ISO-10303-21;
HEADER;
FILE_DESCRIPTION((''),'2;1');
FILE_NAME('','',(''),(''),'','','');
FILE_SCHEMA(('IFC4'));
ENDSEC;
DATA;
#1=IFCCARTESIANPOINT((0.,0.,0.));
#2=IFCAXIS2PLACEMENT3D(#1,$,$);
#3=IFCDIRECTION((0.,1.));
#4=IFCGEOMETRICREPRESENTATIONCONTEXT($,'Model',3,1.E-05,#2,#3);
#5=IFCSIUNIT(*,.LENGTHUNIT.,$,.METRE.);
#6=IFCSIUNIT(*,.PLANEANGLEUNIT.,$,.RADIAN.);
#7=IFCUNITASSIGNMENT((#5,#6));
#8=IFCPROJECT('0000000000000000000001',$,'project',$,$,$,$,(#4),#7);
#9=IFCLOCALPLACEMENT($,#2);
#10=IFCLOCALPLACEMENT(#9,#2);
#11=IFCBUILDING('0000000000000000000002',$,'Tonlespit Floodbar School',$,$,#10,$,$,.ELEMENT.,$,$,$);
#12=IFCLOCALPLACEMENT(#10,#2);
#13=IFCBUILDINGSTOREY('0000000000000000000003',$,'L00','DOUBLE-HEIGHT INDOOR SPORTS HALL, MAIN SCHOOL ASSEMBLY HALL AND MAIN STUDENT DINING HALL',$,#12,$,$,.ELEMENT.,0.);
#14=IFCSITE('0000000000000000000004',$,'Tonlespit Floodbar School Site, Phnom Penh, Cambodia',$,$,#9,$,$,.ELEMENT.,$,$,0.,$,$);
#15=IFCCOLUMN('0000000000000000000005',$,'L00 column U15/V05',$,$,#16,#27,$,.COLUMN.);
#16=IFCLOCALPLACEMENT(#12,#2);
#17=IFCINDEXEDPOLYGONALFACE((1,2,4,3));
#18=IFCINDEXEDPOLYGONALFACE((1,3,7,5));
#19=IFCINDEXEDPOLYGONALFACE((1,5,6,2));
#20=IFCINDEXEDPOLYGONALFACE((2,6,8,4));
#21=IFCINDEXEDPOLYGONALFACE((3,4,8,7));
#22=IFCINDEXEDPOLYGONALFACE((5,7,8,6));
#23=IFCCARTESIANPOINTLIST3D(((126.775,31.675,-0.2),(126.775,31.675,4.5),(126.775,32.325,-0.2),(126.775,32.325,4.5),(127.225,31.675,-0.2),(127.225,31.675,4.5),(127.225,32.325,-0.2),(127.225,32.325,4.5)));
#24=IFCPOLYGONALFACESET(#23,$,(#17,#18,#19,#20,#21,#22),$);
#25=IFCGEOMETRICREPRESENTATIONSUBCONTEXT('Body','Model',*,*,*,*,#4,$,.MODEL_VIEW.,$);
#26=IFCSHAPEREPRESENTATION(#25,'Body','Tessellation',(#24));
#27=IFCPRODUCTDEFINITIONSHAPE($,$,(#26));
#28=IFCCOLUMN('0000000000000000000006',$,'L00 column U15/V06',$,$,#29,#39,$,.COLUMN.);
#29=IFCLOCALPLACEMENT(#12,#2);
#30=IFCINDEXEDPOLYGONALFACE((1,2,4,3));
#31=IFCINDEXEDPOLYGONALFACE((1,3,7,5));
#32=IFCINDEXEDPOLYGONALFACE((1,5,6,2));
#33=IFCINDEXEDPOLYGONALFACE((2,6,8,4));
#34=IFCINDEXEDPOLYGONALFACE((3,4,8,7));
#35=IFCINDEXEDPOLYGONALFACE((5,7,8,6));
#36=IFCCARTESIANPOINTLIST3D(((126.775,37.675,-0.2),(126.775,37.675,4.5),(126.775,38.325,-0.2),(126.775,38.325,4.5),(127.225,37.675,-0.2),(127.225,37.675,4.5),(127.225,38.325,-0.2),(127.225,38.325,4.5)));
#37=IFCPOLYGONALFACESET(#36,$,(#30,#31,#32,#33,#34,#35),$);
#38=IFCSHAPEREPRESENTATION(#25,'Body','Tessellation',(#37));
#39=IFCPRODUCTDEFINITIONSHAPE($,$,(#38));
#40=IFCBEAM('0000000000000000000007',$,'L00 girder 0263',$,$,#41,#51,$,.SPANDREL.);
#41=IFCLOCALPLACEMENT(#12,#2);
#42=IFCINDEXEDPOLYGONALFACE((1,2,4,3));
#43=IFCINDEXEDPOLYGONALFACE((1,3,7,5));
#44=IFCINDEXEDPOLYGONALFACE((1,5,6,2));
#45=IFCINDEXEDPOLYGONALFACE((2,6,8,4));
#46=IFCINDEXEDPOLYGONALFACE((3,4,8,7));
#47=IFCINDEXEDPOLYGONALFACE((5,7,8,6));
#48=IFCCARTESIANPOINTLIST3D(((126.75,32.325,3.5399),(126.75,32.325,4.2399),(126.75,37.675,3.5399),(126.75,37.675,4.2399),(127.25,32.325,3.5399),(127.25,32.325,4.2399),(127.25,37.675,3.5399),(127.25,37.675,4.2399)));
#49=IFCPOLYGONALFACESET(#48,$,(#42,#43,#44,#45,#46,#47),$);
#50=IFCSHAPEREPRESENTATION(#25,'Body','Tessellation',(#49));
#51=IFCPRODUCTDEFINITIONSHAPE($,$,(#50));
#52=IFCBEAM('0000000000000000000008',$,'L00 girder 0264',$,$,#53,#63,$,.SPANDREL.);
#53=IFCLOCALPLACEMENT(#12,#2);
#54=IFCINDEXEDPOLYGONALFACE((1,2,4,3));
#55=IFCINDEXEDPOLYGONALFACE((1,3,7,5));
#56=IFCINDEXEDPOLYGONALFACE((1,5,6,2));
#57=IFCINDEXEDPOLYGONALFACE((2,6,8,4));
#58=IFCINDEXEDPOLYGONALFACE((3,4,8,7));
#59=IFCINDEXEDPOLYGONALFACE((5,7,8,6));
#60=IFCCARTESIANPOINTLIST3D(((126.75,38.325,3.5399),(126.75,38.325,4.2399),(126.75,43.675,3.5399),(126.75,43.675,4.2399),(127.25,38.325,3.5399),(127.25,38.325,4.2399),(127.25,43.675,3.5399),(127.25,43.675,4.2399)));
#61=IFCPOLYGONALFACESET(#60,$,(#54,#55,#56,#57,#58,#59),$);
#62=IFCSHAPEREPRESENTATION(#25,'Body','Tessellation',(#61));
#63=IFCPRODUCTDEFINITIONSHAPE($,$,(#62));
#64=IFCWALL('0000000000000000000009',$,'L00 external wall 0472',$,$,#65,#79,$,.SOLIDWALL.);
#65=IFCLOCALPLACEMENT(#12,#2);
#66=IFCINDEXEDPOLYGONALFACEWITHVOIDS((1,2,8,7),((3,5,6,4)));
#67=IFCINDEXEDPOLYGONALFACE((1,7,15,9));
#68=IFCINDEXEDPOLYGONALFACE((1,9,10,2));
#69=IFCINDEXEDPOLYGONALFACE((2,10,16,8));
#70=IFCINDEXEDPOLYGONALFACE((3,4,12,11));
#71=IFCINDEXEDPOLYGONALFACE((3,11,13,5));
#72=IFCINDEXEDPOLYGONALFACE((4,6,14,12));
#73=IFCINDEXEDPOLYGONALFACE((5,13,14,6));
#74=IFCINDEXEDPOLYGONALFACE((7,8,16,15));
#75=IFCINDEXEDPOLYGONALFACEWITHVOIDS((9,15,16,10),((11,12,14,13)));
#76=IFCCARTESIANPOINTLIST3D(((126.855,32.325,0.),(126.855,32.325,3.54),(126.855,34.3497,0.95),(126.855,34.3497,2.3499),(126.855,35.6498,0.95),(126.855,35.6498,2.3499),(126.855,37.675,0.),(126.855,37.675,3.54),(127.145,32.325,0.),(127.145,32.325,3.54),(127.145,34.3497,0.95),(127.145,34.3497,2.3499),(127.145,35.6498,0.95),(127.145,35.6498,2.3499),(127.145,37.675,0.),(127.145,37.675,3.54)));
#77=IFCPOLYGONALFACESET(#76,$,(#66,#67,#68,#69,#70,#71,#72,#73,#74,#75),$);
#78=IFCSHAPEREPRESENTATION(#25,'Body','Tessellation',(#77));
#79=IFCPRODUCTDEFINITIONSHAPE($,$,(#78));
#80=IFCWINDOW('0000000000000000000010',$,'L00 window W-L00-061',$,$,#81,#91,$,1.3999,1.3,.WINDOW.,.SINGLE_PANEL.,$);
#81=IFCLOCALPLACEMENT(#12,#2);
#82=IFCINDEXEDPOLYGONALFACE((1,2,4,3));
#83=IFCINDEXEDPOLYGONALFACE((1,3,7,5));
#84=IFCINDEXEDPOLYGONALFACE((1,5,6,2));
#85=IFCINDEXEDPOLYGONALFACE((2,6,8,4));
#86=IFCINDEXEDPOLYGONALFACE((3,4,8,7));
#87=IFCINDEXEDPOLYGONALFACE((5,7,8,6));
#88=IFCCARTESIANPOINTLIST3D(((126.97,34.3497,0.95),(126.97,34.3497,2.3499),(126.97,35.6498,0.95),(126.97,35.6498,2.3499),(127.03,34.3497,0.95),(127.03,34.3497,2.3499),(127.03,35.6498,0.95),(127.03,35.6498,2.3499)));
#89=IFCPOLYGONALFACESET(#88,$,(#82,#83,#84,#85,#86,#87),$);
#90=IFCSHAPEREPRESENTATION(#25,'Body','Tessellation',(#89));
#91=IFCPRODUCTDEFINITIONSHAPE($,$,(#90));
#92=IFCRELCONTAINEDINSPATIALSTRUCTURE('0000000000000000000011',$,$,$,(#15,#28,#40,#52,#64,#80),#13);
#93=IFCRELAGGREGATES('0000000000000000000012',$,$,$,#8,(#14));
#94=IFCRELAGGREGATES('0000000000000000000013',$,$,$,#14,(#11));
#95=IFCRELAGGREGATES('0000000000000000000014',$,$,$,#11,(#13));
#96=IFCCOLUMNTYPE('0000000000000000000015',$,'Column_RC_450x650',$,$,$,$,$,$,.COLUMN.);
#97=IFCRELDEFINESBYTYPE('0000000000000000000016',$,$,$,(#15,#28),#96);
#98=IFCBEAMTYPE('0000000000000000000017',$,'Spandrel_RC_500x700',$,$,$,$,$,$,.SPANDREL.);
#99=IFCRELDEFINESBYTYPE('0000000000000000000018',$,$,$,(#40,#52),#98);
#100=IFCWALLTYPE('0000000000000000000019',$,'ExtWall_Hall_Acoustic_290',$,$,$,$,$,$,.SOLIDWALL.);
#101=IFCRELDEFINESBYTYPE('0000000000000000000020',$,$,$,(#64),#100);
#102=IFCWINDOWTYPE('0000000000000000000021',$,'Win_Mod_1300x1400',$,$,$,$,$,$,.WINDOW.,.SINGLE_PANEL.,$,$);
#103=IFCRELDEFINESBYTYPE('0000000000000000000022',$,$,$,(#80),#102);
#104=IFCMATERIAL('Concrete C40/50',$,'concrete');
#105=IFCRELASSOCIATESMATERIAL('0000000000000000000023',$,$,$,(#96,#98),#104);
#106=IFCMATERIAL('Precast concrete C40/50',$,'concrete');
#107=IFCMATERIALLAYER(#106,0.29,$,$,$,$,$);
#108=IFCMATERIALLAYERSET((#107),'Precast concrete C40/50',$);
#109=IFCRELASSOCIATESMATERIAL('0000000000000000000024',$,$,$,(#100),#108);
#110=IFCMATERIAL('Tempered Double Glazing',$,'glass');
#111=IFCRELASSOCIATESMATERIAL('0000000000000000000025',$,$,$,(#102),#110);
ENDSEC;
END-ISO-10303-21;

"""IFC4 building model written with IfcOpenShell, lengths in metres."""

from ifc_helpers import new_model, si_unit, direction, frame, frame_2d, origin, origin_2d, place, context, subcontext, project, spatial, rectangle, extrude, material, layer, layer_set, material_profile, profile_set, type_object, element, fill, save


model = new_model("IFC4")

# Units and contexts
model_context = context("Model", 3, precision=1e-05, world=origin(), true_north=direction((0.0, 1.0)))
body_context = subcontext(model_context, "Body", "Model", "MODEL_VIEW")
ifc_project = project(units=[si_unit("LENGTHUNIT", "METRE"), si_unit("PLANEANGLEUNIT", "RADIAN")], contexts=[model_context])

# Site, building, storey
site_placement = place(None, origin())
site = spatial("IfcSite", under=ifc_project, at=site_placement, Name="Tonlespit Floodbar School Site, Phnom Penh, Cambodia", CompositionType="ELEMENT", RefElevation=0.0)
building_placement = place(site_placement, origin())
building = spatial("IfcBuilding", under=site, at=building_placement, Name="Tonlespit Floodbar School", CompositionType="ELEMENT")
storey_placement = place(building_placement, origin())
storey = spatial("IfcBuildingStorey", under=building, at=storey_placement, Name="L00", Description="DOUBLE-HEIGHT INDOOR SPORTS HALL, MAIN SCHOOL ASSEMBLY HALL AND MAIN STUDENT DINING HALL", CompositionType="ELEMENT", Elevation=0.0)

# Shared definitions
ifc_material_1 = material(Name="Concrete C40/50", Category="concrete")

# Columns
ifc_material_profile_1 = material_profile(ifc_material_1, rectangle(XDim=0.45, YDim=0.6499, at=origin_2d()), Name="RC 450x650")
ifc_profile_set_1 = profile_set([ifc_material_profile_1], Name="Concrete C40/50")
column_type = type_object("IfcColumnType", Name="Column_RC_450x650", PredefinedType="COLUMN", material=ifc_profile_set_1)
for number, where, z_axis, x_axis, name in (
    (1, (127.0, 32.0, -0.2), (0.0, 0.0, 1.0), (1.0, 0.0, 0.0), "L00 column U15/V05"),
    (2, (127.0, 38.0, -0.2), (0.0, 0.0, 1.0), (1.0, 0.0, 0.0), "L00 column U15/V06"),
):
    element("IfcColumn", number, at=place(storey_placement, frame(where, z_axis=z_axis, x_axis=x_axis)), inside=storey, type_object=column_type, Name=name, PredefinedType="COLUMN", context=body_context, shape_type="SweptSolid", body=[
        extrude(rectangle(XDim=0.45, YDim=0.6499, at=origin_2d()), origin(), (0.0, 0.0, 1.0), 4.7),
    ])

# Beams
ifc_material_profile_2 = material_profile(ifc_material_1, rectangle(XDim=0.5, YDim=0.7, at=origin_2d()), Name="RC 500x700")
ifc_profile_set_2 = profile_set([ifc_material_profile_2], Name="Concrete C40/50")
beam_type = type_object("IfcBeamType", Name="Spandrel_RC_500x700", PredefinedType="SPANDREL", material=ifc_profile_set_2)
for number, where, z_axis, x_axis, name in (
    (3, (127.0, 32.325, 3.8899), (0.0, 1.0, 0.0), (-1.0, 0.0, 0.0), "L00 girder 0263"),
    (4, (127.0, 38.325, 3.8899), (0.0, 1.0, 0.0), (-1.0, 0.0, 0.0), "L00 girder 0264"),
):
    element("IfcBeam", number, at=place(storey_placement, frame(where, z_axis=z_axis, x_axis=x_axis)), inside=storey, type_object=beam_type, Name=name, PredefinedType="SPANDREL", context=body_context, shape_type="SweptSolid", body=[
        extrude(rectangle(XDim=0.5, YDim=0.7, at=origin_2d()), origin(), (0.0, 0.0, 1.0), 5.3501),
    ])

# Wall, opening, window
ifc_material_2 = material(Name="Precast concrete C40/50", Category="concrete")
ifc_layer = layer(ifc_material_2, 0.29)
ifc_layer_set = layer_set([ifc_layer], Name="Precast concrete C40/50")
wall_type = type_object("IfcWallType", Name="ExtWall_Hall_Acoustic_290", PredefinedType="SOLIDWALL", material=ifc_layer_set)
wall_placement = place(storey_placement, frame((127.0, 32.325, 0.0), z_axis=(0.0, 0.0, 1.0), x_axis=(0.0, 1.0, 0.0)))
wall = element("IfcWall", 5, at=wall_placement, inside=storey, type_object=wall_type, Name="L00 external wall 0472", PredefinedType="SOLIDWALL", context=body_context, shape_type="SweptSolid", body=[
    extrude(rectangle(XDim=5.3501, YDim=0.29, at=frame_2d((2.675, 0.0))), origin(), (0.0, 0.0, 1.0), 3.54),
])
opening_placement = place(wall_placement, frame((2.0249, 0.0, 0.95)))
opening = element("IfcOpeningElement", 6, at=opening_placement, cuts=wall, PredefinedType="OPENING", context=body_context, shape_type="SweptSolid", body=[
    extrude(rectangle(XDim=1.3, YDim=1.3999, at=frame_2d((0.6499, 0.7))), frame((0.0, 0.155, 0.0), z_axis=(0.0, -1.0, 0.0), x_axis=(1.0, 0.0, 0.0)), (0.0, 0.0, 1.0), 0.3101),
])
ifc_material_3 = material(Name="Tempered Double Glazing", Category="glass")
window_type = type_object("IfcWindowType", Name="Win_Mod_1300x1400", PartitioningType="SINGLE_PANEL", PredefinedType="WINDOW", material=ifc_material_3)
window_placement = place(opening_placement, origin())
window = element("IfcWindow", 7, at=window_placement, inside=storey, type_object=window_type, Name="L00 window W-L00-061", OverallHeight=1.3999, OverallWidth=1.3, PartitioningType="SINGLE_PANEL", PredefinedType="WINDOW", context=body_context, shape_type="SweptSolid", body=[
    extrude(rectangle(XDim=1.3, YDim=1.3999, at=frame_2d((0.6499, 0.7))), frame((0.0, 0.03, 0.0), z_axis=(0.0, -1.0, 0.0), x_axis=(1.0, 0.0, 0.0)), (0.0, 0.0, 1.0), 0.0601),
])
fill(opening, window)

save(model, "model.ifc")
